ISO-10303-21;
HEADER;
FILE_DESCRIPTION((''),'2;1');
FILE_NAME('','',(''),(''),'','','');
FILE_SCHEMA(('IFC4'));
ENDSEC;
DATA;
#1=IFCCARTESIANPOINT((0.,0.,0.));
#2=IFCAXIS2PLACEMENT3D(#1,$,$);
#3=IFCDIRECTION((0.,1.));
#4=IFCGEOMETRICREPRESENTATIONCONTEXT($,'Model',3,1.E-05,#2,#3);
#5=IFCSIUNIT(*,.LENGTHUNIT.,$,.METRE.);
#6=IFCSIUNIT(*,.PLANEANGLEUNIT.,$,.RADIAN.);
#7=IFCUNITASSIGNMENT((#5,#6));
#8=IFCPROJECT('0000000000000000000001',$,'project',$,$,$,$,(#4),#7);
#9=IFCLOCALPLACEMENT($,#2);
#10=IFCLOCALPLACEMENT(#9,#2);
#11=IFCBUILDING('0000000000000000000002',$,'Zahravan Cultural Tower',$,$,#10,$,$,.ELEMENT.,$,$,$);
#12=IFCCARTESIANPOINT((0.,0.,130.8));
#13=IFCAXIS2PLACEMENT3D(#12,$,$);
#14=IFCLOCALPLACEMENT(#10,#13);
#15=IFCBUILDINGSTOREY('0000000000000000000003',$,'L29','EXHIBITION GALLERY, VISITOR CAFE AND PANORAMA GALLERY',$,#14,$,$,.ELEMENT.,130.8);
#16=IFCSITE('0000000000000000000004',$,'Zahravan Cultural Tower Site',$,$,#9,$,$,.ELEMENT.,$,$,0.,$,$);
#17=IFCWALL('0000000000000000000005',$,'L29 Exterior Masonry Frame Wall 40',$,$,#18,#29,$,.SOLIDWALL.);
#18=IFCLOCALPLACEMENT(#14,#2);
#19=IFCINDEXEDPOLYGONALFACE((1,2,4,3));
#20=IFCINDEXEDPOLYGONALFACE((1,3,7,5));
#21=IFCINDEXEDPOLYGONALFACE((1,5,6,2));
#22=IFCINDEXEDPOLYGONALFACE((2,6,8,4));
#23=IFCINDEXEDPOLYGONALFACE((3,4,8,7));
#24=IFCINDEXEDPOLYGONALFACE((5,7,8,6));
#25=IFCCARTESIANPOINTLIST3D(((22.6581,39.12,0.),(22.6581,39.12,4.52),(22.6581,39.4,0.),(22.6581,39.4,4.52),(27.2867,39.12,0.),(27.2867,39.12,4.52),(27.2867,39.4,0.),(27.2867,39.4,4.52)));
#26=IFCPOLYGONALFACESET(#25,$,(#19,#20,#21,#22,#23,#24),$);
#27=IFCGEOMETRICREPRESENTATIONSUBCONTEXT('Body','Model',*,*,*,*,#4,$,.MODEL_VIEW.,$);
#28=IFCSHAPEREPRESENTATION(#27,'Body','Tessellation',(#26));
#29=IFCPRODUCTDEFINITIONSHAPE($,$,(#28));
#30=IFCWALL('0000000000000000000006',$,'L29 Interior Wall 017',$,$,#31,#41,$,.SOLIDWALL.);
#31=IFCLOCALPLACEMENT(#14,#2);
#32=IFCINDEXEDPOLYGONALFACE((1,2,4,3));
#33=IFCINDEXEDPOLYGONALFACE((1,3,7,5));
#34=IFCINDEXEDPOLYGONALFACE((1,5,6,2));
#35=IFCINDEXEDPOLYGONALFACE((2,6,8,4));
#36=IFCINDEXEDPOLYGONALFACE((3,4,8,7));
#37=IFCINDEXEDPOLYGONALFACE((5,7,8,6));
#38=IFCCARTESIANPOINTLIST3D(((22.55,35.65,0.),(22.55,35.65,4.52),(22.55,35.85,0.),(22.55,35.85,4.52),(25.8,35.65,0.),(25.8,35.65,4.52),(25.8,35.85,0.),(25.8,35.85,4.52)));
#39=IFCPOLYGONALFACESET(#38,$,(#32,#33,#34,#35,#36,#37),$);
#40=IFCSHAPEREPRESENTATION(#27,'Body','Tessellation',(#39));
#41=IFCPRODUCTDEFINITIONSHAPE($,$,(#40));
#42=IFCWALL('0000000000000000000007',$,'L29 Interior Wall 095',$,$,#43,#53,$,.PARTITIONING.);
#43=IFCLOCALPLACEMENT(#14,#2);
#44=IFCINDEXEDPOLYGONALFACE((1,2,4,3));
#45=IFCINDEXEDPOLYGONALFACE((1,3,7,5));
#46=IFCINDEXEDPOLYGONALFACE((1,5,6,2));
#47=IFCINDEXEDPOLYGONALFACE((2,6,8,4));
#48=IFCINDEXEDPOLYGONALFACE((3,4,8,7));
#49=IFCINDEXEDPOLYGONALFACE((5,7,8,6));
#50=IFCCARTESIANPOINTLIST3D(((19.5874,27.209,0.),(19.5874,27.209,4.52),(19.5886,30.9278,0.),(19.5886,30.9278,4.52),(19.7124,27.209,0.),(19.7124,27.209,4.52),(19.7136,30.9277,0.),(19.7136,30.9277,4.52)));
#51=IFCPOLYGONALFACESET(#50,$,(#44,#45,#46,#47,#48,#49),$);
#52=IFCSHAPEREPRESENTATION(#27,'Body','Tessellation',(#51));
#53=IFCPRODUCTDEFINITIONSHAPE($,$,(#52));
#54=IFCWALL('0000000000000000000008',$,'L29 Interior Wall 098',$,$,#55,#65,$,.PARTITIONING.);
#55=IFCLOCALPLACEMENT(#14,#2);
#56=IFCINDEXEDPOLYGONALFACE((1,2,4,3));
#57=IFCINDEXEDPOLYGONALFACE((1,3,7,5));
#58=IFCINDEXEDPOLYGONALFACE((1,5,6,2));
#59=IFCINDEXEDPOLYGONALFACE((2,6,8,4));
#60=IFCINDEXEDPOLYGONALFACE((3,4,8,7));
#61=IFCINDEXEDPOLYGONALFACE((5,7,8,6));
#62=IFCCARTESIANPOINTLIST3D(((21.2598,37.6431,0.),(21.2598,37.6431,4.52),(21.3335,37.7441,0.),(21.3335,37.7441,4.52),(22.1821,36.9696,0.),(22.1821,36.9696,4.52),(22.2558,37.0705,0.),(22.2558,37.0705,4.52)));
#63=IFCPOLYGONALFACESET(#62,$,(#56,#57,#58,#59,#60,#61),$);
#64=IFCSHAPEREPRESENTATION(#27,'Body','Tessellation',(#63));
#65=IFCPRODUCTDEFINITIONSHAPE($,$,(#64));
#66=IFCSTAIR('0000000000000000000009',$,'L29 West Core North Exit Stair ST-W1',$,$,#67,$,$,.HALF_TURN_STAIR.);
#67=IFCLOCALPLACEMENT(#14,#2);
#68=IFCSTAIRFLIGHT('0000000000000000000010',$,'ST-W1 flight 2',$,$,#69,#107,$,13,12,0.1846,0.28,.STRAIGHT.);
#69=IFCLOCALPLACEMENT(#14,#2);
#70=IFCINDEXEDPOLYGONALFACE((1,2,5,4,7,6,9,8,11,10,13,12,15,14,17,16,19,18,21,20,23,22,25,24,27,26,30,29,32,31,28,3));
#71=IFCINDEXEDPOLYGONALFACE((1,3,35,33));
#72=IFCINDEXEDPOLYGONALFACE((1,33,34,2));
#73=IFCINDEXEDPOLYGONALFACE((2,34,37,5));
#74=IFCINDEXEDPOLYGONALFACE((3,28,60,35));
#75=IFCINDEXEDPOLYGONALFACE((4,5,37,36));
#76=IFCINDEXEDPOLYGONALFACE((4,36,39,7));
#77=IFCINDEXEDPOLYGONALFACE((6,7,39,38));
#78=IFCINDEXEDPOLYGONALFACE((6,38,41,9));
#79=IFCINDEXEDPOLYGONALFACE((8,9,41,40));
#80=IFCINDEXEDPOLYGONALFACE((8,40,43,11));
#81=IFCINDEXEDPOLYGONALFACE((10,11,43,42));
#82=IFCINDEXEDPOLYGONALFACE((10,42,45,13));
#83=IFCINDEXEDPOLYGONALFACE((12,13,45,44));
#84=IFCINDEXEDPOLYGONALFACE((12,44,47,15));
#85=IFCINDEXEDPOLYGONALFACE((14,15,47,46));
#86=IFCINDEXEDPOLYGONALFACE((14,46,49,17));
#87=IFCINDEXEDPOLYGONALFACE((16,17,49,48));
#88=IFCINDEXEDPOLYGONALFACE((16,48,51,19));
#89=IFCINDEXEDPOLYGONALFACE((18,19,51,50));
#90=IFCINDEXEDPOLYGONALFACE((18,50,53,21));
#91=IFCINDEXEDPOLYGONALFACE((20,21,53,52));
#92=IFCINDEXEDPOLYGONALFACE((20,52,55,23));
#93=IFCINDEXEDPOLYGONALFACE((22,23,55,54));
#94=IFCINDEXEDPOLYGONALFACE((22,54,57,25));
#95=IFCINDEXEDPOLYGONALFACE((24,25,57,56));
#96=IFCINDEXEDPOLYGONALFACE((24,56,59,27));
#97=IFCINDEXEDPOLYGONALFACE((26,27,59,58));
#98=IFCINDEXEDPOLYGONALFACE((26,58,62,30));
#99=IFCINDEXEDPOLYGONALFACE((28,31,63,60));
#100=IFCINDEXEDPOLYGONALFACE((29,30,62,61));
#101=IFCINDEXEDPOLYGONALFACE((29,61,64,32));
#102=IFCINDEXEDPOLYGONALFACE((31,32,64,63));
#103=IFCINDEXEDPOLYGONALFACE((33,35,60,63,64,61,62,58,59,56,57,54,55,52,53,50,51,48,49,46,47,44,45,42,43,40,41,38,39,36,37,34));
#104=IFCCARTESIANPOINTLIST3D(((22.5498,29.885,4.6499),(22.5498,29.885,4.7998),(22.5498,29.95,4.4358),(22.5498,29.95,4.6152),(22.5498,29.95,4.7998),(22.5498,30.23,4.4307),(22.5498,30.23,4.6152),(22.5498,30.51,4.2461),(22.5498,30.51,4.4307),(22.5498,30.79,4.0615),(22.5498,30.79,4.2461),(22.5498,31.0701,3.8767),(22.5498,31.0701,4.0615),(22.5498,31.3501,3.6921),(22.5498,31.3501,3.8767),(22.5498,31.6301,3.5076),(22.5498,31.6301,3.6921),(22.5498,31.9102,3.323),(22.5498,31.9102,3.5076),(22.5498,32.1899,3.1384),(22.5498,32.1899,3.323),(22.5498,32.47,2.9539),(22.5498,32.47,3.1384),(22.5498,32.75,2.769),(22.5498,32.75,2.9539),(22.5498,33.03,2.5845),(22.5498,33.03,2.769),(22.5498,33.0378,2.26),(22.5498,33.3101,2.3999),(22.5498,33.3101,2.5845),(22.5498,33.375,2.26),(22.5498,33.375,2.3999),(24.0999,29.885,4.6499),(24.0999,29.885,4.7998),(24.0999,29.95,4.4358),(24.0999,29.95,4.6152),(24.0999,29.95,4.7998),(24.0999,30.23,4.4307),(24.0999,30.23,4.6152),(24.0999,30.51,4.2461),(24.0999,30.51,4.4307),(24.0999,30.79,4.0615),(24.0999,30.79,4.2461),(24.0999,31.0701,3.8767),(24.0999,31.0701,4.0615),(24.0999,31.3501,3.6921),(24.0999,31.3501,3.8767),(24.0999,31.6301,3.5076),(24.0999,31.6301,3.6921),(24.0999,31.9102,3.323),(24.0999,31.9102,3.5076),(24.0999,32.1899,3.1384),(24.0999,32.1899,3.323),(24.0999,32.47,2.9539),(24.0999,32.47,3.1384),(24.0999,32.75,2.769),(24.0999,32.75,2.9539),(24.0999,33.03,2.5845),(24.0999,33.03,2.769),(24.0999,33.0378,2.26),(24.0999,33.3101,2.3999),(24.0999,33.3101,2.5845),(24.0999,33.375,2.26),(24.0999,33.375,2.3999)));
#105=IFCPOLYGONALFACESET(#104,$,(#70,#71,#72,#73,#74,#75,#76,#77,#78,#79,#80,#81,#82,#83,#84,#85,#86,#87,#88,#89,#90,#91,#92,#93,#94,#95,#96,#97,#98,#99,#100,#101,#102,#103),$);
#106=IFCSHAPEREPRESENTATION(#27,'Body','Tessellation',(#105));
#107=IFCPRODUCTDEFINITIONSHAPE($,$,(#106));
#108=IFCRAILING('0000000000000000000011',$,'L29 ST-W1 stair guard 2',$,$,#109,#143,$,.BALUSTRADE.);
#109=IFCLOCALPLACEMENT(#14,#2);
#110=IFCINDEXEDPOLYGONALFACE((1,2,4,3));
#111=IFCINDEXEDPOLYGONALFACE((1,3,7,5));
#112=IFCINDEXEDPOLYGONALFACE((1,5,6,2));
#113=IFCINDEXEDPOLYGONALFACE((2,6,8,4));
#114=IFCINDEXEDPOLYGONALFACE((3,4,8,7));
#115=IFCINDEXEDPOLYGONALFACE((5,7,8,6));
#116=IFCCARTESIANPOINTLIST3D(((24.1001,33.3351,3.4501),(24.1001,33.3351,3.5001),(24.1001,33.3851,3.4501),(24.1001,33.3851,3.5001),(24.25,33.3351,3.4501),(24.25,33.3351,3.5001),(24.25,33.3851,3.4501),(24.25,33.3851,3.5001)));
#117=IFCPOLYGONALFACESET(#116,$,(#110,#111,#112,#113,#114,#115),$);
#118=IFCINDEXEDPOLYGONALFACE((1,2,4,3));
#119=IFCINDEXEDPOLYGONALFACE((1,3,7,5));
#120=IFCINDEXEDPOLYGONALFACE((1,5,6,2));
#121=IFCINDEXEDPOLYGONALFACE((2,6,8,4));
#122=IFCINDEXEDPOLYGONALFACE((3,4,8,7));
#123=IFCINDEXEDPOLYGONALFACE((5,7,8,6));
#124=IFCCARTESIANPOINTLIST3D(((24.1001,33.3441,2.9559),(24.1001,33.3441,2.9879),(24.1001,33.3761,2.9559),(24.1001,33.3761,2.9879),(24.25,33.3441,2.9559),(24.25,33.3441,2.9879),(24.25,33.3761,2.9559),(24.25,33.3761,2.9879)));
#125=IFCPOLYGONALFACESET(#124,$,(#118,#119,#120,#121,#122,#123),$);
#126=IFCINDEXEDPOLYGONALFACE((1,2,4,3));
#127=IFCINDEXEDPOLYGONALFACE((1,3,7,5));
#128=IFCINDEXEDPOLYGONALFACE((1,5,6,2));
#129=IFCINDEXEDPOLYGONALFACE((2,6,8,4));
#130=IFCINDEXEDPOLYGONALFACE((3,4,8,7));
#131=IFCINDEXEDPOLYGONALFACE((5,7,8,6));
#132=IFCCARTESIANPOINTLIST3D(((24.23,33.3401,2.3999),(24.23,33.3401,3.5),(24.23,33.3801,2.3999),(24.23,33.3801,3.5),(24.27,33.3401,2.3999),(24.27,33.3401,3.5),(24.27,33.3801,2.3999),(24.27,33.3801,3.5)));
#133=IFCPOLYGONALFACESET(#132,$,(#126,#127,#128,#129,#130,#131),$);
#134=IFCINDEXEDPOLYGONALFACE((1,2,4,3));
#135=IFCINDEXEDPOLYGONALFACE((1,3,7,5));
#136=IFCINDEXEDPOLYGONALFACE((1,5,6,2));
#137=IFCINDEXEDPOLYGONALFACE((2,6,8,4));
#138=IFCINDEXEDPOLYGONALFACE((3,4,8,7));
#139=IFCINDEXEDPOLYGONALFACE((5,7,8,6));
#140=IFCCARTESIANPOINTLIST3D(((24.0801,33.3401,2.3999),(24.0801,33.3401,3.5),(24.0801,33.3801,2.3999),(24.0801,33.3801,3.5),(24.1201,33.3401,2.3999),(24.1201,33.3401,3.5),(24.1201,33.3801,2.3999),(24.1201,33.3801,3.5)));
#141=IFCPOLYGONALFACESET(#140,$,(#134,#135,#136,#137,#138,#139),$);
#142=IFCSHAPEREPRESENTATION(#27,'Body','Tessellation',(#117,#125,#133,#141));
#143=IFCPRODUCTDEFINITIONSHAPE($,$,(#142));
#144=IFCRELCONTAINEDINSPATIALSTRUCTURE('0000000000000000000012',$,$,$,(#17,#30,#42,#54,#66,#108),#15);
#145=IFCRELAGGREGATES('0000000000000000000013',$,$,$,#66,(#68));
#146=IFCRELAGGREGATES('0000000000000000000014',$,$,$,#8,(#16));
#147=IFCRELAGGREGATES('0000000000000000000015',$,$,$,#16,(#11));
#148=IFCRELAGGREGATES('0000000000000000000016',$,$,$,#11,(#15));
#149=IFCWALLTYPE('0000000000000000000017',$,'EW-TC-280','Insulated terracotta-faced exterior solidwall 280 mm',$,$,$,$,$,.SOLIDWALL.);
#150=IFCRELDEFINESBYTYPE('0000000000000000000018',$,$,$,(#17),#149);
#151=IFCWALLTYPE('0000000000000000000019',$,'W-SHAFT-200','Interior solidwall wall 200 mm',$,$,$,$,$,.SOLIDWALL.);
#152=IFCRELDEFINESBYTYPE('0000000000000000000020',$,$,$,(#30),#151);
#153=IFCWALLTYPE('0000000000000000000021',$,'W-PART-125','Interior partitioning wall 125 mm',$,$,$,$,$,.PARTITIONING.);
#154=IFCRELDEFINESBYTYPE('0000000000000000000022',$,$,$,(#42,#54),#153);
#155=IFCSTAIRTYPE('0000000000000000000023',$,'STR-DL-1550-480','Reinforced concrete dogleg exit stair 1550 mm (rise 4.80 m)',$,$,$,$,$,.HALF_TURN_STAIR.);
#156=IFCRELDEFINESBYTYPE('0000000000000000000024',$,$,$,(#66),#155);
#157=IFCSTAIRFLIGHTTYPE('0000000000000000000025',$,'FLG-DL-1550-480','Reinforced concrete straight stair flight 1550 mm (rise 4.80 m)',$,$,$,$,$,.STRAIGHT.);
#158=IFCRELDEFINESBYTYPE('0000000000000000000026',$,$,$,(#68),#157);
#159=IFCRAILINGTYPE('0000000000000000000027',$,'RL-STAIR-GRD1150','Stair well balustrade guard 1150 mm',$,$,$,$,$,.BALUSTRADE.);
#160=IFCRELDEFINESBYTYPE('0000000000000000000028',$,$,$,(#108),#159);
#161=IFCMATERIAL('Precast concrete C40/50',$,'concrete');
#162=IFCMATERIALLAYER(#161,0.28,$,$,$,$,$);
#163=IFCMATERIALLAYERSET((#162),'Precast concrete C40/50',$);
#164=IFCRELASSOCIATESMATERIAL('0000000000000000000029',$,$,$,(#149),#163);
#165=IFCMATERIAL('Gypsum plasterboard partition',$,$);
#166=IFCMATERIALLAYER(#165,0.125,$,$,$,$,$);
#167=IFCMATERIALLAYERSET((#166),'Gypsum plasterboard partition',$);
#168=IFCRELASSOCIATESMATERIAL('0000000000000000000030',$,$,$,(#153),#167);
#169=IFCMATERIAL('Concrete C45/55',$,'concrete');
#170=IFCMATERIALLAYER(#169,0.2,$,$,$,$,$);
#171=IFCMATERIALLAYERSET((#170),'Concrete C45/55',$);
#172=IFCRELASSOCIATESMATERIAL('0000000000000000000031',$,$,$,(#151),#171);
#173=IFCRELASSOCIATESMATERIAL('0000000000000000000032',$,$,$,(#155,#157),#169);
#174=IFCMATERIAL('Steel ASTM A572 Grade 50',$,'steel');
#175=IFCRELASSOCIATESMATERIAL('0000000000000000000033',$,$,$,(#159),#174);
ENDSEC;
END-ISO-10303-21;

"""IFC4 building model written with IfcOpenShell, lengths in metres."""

from ifc_helpers import new_model, si_unit, direction, frame, frame_2d, origin, origin_2d, place, context, subcontext, project, spatial, polyline, rectangle, outline, extrude, source, transform, mapped, material, layer, layer_set, type_object, element, aggregate, save


model = new_model("IFC4")

# Units and contexts
model_context = context("Model", 3, precision=1e-05, world=origin(), true_north=direction((0.0, 1.0)))
body_context = subcontext(model_context, "Body", "Model", "MODEL_VIEW")
ifc_project = project(units=[si_unit("LENGTHUNIT", "METRE"), si_unit("PLANEANGLEUNIT", "RADIAN")], contexts=[model_context])

# Site, building, storey
site_placement = place(None, origin())
site = spatial("IfcSite", under=ifc_project, at=site_placement, Name="Zahravan Cultural Tower Site", CompositionType="ELEMENT", RefElevation=0.0)
building_placement = place(site_placement, origin())
building = spatial("IfcBuilding", under=site, at=building_placement, Name="Zahravan Cultural Tower", CompositionType="ELEMENT")
storey_placement = place(building_placement, frame((0.0, 0.0, 130.8)))
storey = spatial("IfcBuildingStorey", under=building, at=storey_placement, Name="L29", Description="EXHIBITION GALLERY, VISITOR CAFE AND PANORAMA GALLERY", CompositionType="ELEMENT", Elevation=130.8)

# Shared definitions
ifc_material_1 = material(Name="Precast concrete C40/50", Category="concrete")
ifc_layer_1 = layer(ifc_material_1, 0.28)
ifc_layer_set_1 = layer_set([ifc_layer_1], Name="Precast concrete C40/50")
wall_type_1 = type_object("IfcWallType", Name="EW-TC-280", Description="Insulated terracotta-faced exterior solidwall 280 mm", PredefinedType="SOLIDWALL", material=ifc_layer_set_1)

# Shared definitions
ifc_material_2 = material(Name="Gypsum plasterboard partition")
ifc_layer_2 = layer(ifc_material_2, 0.125)
ifc_layer_set_2 = layer_set([ifc_layer_2], Name="Gypsum plasterboard partition")
wall_type_2 = type_object("IfcWallType", Name="W-PART-125", Description="Interior partitioning wall 125 mm", PredefinedType="PARTITIONING", material=ifc_layer_set_2)
ifc_material_3 = material(Name="Concrete C45/55", Category="concrete")
ifc_layer_3 = layer(ifc_material_3, 0.2)
ifc_layer_set_3 = layer_set([ifc_layer_3], Name="Concrete C45/55")
wall_type_3 = type_object("IfcWallType", Name="W-SHAFT-200", Description="Interior solidwall wall 200 mm", PredefinedType="SOLIDWALL", material=ifc_layer_set_3)
ifc_material_4 = material(Name="Steel ASTM A572 Grade 50", Category="steel")

# Walls
shared_shape_1 = source(origin(), body_context, "Body", "SweptSolid", [
    extrude(rectangle(XDim=4.6287, YDim=0.28, at=frame_2d((2.3145, 0.0))), origin(), (0.0, 0.0, 1.0), 4.52),
])
wall_1_placement = place(storey_placement, frame((22.658, 39.26, 0.0), z_axis=(0.0, 0.0, 1.0), x_axis=(1.0, 0.0, 0.0)))
element("IfcWall", 1, at=wall_1_placement, inside=storey, type_object=wall_type_1, Name="L29 Exterior Masonry Frame Wall 40", PredefinedType="SOLIDWALL", context=body_context, shape_type="MappedRepresentation", body=[
    mapped(shared_shape_1, transform((0.0, 0.0, 0.0), x_axis=(1.0, 0.0, 0.0), y_axis=(0.0, 1.0, 0.0), z_axis=(0.0, 0.0, 1.0), scale=1.0)),
])
shared_shape_2 = source(origin(), body_context, "Body", "SweptSolid", [
    extrude(rectangle(XDim=3.25, YDim=0.2, at=frame_2d((1.625, 0.0))), origin(), (0.0, 0.0, 1.0), 4.52),
])
wall_2_placement = place(storey_placement, frame((22.55, 35.75, 0.0), z_axis=(0.0, 0.0, 1.0), x_axis=(1.0, 0.0, 0.0)))
element("IfcWall", 2, at=wall_2_placement, inside=storey, type_object=wall_type_3, Name="L29 Interior Wall 017", PredefinedType="SOLIDWALL", context=body_context, shape_type="MappedRepresentation", body=[
    mapped(shared_shape_2, transform((0.0, 0.0, 0.0), x_axis=(1.0, 0.0, 0.0), y_axis=(0.0, 1.0, 0.0), z_axis=(0.0, 0.0, 1.0), scale=1.0)),
])
shared_shape_3 = source(origin(), body_context, "Body", "SweptSolid", [
    extrude(rectangle(XDim=3.7188, YDim=0.125, at=frame_2d((1.8594, 0.0))), origin(), (0.0, 0.0, 1.0), 4.52),
])
wall_3_placement = place(storey_placement, frame((19.6511, 30.9277, 0.0), z_axis=(0.0, 0.0, 1.0), x_axis=(-0.000328, -1.0, 0.0)))
element("IfcWall", 3, at=wall_3_placement, inside=storey, type_object=wall_type_2, Name="L29 Interior Wall 095", PredefinedType="PARTITIONING", context=body_context, shape_type="MappedRepresentation", body=[
    mapped(shared_shape_3, transform((0.0, 0.0, 0.0), x_axis=(1.0, 0.0, 0.0), y_axis=(0.0, 1.0, 0.0), z_axis=(0.0, 0.0, 1.0), scale=1.0)),
])
shared_shape_4 = source(origin(), body_context, "Body", "SweptSolid", [
    extrude(rectangle(XDim=1.1421, YDim=0.125, at=frame_2d((0.571, 0.0))), origin(), (0.0, 0.0, 1.0), 4.52),
])
wall_4_placement = place(storey_placement, frame((21.2966, 37.6936, 0.0), z_axis=(0.0, 0.0, 1.0), x_axis=(0.807579, -0.589759, 0.0)))
element("IfcWall", 4, at=wall_4_placement, inside=storey, type_object=wall_type_2, Name="L29 Interior Wall 098", PredefinedType="PARTITIONING", context=body_context, shape_type="MappedRepresentation", body=[
    mapped(shared_shape_4, transform((0.0, 0.0, 0.0), x_axis=(1.0, 0.0, 0.0), y_axis=(0.0, 1.0, 0.0), z_axis=(0.0, 0.0, 1.0), scale=1.0)),
])

# Stair, stair flight
stair_type = type_object("IfcStairType", Name="STR-DL-1550-480", Description="Reinforced concrete dogleg exit stair 1550 mm (rise 4.80 m)", PredefinedType="HALF_TURN_STAIR", material=ifc_material_3)
stair_placement = place(storey_placement, origin())
stair = element("IfcStair", 5, at=stair_placement, inside=storey, type_object=stair_type, Name="L29 West Core North Exit Stair ST-W1", PredefinedType="HALF_TURN_STAIR")
stair_flight_type = type_object("IfcStairFlightType", Name="FLG-DL-1550-480", Description="Reinforced concrete straight stair flight 1550 mm (rise 4.80 m)", PredefinedType="STRAIGHT", material=ifc_material_3)
stair_flight_placement = place(storey_placement, frame((23.325, 33.3101, 2.3999), z_axis=(0.0, 0.0, 1.0), x_axis=(0.0, -1.0, 0.0)))
stair_flight = element("IfcStairFlight", 6, at=stair_flight_placement, type_object=stair_flight_type, Name="ST-W1 flight 2", NumberOfRisers=13, NumberOfTreads=12, PredefinedType="STRAIGHT", RiserHeight=0.1846, TreadLength=0.28, context=body_context, shape_type="SweptSolid", body=[
    extrude(outline(polyline([(-0.0649, -0.1399), (-0.0649, 0.0), (0.0, 0.0), (0.0, 0.1846), (0.28, 0.1846), (0.28, 0.3691), (0.5601, 0.3691), (0.5601, 0.554), (0.8401, 0.554), (0.8401, 0.7385), (1.1201, 0.7385), (1.1201, 0.9231), (1.3999, 0.9231), (1.3999, 1.1077), (1.6799, 1.1077), (1.6799, 1.2922), (1.96, 1.2922), (1.96, 1.4768), (2.24, 1.4768), (2.24, 1.6616), (2.52, 1.6616), (2.52, 1.8462), (2.8, 1.8462), (2.8, 2.0308), (3.0801, 2.0308), (3.0801, 2.2153), (3.3601, 2.2153), (3.3601, 2.3999), (3.425, 2.3999), (3.425, 2.25), (3.3601, 2.0359), (0.2722, -0.1399), (-0.0649, -0.1399)])), frame((0.0, 0.7749, 0.0), z_axis=(0.0, -1.0, 0.0), x_axis=(1.0, 0.0, 0.0)), (0.0, 0.0, 1.0), 1.55),
])
aggregate(stair, [stair_flight])

# Railing
railing_type_1 = type_object("IfcRailingType", Name="RL-STAIR-GRD1150", Description="Stair well balustrade guard 1150 mm", PredefinedType="BALUSTRADE", material=ifc_material_4)
railing_1_placement = place(storey_placement, frame((24.25, 33.3601, 2.3999)))
element("IfcRailing", 7, at=railing_1_placement, inside=storey, type_object=railing_type_1, Name="L29 ST-W1 stair guard 2", PredefinedType="BALUSTRADE", context=body_context, shape_type="SweptSolid", body=[
    extrude(rectangle(XDim=0.05, YDim=0.05, at=origin_2d()), frame((0.0, 0.0, 1.0752), z_axis=(-1.0, 0.0, 0.0), x_axis=(0.0, -1.0, 0.0)), (0.0, 0.0, 1.0), 0.1499),
    extrude(rectangle(XDim=0.032, YDim=0.032, at=origin_2d()), frame((0.0, 0.0, 0.572), z_axis=(-1.0, 0.0, 0.0), x_axis=(0.0, -1.0, 0.0)), (0.0, 0.0, 1.0), 0.1499),
    extrude(rectangle(XDim=0.04, YDim=0.04, at=origin_2d()), origin(), (0.0, 0.0, 1.0), 1.1001),
    extrude(rectangle(XDim=0.04, YDim=0.04, at=origin_2d()), frame((-0.1499, 0.0, 0.0)), (0.0, 0.0, 1.0), 1.1001),
])

save(model, "model.ifc")
